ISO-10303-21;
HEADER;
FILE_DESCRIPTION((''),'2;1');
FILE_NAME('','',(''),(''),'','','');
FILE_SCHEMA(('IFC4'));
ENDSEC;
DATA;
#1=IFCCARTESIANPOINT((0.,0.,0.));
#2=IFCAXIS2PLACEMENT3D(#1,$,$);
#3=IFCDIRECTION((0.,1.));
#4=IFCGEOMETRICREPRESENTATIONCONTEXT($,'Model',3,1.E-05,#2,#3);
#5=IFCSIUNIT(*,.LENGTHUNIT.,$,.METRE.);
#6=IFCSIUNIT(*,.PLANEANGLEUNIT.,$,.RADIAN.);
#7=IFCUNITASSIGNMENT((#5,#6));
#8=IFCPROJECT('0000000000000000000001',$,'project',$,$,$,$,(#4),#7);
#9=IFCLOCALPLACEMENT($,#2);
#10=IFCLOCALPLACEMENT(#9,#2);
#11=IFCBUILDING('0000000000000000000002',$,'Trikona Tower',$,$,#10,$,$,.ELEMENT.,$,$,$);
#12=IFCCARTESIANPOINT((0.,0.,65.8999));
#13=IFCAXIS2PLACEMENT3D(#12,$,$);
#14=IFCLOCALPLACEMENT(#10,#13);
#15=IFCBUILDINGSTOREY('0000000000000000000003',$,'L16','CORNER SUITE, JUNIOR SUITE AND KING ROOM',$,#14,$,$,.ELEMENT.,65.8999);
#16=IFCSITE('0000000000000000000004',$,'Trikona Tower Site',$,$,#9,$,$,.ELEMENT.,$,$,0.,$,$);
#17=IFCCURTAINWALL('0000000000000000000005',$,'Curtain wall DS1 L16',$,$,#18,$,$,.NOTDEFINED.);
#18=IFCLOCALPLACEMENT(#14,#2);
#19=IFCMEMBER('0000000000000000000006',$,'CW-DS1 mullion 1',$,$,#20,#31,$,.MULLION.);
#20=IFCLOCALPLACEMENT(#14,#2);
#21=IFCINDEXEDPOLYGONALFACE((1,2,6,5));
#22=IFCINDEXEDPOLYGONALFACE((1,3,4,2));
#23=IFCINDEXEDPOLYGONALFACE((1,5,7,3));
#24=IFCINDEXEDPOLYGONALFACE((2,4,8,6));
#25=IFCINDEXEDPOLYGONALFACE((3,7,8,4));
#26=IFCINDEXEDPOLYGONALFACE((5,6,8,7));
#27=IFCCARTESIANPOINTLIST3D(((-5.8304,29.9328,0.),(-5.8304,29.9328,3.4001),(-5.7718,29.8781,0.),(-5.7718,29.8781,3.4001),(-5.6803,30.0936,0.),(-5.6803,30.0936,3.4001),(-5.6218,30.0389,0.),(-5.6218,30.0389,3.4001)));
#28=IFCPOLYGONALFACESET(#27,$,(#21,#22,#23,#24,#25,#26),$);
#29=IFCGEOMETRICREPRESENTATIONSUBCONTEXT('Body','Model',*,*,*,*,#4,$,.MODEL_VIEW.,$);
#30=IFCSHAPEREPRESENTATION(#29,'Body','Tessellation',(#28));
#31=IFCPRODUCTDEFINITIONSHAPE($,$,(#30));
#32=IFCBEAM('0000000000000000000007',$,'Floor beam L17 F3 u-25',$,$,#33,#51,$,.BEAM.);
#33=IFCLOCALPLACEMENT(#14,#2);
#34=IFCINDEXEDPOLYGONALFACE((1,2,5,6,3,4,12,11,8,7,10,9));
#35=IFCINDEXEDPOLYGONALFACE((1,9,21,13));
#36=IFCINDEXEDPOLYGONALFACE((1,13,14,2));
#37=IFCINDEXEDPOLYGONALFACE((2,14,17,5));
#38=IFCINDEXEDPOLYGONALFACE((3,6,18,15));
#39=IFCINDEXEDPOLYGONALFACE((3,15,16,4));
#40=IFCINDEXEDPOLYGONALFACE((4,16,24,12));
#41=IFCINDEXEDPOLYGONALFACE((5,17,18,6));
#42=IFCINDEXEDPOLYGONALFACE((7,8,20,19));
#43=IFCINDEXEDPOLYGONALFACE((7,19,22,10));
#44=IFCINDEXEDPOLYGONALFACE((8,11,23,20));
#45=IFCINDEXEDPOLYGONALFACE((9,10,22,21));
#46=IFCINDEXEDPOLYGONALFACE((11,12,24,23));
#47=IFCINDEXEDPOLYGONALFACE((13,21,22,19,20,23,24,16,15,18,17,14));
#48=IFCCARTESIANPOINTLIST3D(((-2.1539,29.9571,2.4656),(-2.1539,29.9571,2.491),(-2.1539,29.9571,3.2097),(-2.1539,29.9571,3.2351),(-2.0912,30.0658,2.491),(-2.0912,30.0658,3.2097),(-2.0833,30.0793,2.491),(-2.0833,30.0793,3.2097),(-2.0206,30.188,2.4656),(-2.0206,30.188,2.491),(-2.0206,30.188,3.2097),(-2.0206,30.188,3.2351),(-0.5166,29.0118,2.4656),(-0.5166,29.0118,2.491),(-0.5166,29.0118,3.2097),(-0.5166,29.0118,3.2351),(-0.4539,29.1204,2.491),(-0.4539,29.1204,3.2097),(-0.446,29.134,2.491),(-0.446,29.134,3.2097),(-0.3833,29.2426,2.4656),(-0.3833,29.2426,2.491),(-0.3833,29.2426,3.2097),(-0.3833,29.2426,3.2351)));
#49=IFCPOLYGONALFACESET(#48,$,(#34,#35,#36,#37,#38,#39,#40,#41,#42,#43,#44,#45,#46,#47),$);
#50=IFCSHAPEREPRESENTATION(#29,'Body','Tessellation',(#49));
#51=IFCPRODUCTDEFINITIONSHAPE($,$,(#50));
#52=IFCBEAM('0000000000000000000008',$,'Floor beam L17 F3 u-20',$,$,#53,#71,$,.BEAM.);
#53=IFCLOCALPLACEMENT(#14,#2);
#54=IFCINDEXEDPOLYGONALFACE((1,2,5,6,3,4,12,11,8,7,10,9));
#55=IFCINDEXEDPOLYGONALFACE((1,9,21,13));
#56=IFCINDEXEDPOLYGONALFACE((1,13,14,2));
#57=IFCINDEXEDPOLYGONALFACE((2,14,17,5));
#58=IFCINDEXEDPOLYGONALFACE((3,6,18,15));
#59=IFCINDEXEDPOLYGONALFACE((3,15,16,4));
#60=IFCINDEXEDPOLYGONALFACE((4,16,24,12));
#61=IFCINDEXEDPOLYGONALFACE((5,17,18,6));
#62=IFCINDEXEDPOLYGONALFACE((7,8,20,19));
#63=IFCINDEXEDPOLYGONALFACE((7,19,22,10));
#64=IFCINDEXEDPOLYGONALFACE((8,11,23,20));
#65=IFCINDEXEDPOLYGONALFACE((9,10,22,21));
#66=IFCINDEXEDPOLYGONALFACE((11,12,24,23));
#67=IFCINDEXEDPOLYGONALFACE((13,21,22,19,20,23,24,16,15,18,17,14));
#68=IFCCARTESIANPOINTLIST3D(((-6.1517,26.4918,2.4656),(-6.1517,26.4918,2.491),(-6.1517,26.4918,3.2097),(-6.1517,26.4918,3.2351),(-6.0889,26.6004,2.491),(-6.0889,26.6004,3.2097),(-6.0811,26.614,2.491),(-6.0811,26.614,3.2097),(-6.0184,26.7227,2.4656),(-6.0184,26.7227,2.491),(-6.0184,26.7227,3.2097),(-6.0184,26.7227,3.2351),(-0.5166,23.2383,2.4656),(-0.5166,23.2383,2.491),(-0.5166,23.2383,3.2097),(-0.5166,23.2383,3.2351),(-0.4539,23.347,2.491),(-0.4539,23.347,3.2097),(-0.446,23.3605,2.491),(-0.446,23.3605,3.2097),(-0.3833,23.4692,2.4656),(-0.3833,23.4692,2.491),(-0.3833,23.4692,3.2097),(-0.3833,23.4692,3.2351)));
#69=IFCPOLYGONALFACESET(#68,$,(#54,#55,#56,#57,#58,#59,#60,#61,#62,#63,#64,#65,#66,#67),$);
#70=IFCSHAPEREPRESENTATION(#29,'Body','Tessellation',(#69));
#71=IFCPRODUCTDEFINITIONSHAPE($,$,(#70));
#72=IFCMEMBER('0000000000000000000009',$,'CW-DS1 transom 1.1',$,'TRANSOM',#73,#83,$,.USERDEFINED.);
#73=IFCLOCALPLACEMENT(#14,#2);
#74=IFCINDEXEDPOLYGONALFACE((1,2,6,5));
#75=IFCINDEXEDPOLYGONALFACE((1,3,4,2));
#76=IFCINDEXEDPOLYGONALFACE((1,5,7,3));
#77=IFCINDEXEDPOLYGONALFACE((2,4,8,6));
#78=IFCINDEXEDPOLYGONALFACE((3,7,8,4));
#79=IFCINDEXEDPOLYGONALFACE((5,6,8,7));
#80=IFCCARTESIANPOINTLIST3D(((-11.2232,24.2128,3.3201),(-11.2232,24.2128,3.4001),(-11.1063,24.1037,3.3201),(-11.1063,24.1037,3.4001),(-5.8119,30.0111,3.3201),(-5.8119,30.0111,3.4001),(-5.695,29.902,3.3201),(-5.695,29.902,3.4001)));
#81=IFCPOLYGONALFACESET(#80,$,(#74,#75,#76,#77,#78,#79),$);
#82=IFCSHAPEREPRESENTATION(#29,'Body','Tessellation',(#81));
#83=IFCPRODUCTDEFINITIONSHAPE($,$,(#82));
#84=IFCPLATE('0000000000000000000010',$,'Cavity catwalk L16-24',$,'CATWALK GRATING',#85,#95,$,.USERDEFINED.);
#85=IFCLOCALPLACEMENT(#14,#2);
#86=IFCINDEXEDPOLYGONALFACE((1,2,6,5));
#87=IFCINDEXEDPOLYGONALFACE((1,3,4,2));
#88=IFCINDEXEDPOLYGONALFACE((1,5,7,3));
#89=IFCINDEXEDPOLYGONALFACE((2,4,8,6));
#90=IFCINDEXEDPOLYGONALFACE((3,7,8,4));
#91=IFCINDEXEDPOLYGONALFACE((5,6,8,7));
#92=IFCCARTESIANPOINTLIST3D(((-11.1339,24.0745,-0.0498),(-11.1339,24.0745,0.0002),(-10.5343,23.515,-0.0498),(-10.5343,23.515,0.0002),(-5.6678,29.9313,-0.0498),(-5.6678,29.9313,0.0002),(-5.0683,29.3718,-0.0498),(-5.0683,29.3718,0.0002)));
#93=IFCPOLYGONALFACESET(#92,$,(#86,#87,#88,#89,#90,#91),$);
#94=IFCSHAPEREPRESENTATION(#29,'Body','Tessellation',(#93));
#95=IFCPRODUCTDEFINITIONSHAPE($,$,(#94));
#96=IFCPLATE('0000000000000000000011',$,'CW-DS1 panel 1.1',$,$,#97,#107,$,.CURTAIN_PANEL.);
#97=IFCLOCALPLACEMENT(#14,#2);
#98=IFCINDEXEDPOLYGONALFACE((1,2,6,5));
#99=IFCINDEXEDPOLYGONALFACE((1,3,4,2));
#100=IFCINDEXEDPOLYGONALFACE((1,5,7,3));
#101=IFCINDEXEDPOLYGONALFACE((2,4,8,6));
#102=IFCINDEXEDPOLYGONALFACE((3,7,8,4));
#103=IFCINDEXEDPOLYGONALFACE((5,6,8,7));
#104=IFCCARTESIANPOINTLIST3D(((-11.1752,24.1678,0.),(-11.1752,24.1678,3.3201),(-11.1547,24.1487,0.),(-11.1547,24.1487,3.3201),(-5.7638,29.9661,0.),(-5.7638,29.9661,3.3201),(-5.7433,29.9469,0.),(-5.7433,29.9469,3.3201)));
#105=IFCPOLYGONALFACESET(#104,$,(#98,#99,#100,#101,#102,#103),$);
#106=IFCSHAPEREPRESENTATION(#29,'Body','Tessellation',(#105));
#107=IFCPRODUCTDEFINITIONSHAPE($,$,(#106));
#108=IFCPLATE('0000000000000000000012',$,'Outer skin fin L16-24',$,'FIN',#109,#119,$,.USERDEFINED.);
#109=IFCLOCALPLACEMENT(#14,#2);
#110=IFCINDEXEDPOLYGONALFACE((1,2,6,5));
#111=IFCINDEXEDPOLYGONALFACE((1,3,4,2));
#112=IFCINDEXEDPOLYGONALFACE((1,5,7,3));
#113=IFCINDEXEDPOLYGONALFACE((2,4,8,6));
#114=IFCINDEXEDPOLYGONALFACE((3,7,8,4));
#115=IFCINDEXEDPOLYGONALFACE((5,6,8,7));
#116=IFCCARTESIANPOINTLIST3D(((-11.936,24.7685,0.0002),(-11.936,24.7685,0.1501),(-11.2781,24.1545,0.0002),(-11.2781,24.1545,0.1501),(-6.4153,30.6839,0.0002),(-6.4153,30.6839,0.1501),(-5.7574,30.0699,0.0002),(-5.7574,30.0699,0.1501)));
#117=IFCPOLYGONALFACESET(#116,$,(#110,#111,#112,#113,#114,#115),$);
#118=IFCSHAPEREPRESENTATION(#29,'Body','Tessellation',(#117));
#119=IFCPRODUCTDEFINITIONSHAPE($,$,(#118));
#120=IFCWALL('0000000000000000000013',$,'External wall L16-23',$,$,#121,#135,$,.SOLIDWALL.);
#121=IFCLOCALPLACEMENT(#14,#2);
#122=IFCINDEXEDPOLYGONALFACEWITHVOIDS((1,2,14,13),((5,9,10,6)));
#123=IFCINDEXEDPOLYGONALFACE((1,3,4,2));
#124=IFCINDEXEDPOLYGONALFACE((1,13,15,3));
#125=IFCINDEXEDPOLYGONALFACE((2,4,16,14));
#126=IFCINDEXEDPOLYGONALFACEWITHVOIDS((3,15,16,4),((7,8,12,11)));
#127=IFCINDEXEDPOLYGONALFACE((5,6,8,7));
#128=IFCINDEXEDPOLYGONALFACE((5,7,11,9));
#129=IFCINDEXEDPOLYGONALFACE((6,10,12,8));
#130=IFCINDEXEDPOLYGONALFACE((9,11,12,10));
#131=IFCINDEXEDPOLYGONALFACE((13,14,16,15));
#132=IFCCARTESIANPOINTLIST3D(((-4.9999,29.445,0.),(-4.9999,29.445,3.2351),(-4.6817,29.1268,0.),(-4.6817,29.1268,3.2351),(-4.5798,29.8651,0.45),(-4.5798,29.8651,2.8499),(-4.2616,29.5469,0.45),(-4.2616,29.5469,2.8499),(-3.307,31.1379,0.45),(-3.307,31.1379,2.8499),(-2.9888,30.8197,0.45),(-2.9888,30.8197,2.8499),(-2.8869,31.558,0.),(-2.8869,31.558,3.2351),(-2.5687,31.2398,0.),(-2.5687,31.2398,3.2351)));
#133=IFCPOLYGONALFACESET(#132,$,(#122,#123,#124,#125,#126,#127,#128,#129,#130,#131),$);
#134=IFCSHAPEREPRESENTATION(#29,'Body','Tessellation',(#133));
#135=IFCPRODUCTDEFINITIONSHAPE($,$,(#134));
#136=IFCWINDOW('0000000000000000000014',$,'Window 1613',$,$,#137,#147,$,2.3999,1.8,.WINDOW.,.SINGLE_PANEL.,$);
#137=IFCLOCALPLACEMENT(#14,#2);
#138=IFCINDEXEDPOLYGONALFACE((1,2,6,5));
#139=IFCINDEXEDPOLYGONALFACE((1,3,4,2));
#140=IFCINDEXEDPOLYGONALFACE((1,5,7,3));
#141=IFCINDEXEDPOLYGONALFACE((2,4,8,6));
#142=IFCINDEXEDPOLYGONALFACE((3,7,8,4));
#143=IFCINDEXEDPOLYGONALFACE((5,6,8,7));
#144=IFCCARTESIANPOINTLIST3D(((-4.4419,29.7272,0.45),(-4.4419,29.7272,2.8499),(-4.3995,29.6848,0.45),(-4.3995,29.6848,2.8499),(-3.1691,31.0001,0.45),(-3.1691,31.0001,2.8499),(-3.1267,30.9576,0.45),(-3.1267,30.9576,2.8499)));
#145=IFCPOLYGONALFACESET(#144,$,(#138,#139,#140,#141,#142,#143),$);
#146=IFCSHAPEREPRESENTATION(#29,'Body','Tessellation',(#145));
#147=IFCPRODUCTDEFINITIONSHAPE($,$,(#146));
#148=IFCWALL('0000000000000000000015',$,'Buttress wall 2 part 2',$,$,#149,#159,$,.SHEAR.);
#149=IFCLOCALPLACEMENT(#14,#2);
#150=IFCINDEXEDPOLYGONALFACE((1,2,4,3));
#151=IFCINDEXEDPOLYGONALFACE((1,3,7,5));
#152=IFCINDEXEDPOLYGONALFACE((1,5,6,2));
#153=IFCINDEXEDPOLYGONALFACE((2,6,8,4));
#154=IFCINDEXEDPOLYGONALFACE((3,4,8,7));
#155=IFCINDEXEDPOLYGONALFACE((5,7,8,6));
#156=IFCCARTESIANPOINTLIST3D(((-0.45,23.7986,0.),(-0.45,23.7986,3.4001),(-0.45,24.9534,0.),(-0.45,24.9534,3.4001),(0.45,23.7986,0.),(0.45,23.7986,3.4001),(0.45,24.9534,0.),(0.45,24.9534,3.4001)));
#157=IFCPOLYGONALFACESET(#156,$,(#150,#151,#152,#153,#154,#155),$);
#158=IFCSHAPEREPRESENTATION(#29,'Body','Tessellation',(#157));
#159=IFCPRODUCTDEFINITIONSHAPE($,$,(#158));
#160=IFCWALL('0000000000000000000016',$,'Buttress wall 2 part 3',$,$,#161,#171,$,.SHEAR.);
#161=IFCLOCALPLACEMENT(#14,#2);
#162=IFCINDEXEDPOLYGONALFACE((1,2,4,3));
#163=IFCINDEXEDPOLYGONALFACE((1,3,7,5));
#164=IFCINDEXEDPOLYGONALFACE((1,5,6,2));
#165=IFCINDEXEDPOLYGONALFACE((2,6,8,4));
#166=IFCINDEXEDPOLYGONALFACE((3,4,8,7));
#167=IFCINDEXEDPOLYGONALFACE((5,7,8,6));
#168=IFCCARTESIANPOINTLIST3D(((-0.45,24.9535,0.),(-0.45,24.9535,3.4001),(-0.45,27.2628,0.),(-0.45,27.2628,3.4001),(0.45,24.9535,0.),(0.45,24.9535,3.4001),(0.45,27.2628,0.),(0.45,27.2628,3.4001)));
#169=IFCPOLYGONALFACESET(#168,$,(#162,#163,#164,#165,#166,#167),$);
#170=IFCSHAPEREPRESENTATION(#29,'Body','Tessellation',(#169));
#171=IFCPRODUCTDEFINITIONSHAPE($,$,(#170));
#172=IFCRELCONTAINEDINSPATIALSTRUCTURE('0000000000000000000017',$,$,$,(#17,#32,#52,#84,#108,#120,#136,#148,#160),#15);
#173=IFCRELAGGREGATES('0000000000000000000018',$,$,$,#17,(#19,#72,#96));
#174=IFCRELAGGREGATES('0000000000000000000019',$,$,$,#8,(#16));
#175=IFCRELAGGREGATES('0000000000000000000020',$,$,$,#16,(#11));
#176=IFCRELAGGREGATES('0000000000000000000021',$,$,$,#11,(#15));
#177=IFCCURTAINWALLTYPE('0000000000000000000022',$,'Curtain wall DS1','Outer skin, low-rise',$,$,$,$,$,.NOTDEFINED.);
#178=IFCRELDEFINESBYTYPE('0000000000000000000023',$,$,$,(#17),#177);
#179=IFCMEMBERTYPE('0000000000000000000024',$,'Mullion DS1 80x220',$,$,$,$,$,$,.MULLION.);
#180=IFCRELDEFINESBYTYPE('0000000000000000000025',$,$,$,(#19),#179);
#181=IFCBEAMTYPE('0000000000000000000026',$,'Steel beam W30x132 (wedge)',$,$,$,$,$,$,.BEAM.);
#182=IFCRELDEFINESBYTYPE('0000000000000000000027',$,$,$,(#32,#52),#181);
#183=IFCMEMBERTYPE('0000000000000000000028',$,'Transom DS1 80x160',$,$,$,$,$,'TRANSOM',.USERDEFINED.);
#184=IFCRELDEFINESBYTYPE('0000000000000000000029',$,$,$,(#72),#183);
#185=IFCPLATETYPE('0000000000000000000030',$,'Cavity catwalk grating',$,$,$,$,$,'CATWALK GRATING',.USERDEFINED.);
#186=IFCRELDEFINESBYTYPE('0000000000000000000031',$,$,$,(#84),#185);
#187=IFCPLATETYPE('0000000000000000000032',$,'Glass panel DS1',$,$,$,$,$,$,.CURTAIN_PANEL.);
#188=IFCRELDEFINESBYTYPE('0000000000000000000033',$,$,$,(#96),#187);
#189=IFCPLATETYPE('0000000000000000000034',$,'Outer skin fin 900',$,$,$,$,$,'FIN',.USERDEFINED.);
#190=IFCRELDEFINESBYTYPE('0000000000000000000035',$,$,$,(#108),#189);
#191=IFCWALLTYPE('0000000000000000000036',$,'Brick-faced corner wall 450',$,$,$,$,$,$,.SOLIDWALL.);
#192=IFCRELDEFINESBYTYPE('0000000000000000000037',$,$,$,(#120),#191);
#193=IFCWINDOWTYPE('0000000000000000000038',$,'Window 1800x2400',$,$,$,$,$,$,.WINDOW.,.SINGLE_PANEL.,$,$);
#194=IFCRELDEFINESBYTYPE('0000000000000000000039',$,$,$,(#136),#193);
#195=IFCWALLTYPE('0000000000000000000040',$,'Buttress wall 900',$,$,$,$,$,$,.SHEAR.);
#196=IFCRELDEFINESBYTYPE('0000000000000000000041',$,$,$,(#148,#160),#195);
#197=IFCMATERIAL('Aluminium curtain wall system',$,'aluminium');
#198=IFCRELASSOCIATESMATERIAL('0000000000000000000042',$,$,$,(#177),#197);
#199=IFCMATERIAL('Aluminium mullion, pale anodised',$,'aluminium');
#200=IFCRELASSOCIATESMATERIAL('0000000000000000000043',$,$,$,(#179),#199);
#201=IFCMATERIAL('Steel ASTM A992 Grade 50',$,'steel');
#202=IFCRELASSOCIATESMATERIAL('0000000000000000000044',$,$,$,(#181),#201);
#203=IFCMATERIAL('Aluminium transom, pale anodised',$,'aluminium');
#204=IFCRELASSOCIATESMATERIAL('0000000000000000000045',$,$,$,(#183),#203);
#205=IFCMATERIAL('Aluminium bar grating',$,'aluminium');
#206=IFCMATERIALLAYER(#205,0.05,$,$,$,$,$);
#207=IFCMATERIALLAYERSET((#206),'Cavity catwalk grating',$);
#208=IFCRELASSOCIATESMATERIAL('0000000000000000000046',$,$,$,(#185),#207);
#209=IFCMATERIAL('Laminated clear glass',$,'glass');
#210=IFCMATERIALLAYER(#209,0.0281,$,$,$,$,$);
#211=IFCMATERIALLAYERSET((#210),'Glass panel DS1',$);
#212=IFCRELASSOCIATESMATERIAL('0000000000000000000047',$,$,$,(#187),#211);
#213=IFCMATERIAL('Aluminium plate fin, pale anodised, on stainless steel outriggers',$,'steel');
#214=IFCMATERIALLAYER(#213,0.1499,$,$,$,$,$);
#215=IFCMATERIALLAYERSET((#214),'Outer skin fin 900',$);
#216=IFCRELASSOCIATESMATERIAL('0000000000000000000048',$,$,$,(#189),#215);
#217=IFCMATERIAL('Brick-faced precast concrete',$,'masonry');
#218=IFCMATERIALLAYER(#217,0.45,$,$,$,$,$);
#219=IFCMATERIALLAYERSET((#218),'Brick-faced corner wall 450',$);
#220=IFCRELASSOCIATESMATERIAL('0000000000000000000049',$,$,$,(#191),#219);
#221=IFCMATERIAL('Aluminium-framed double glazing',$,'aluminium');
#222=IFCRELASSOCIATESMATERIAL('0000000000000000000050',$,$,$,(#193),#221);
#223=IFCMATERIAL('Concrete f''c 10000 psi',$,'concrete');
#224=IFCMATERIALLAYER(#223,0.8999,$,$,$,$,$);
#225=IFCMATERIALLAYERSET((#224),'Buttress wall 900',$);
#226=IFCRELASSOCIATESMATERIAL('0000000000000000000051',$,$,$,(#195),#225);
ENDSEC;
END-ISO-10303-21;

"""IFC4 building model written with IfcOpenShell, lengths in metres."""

from ifc_helpers import new_model, si_unit, direction, frame, frame_2d, origin, origin_2d, place, context, subcontext, project, spatial, rectangle, i_section, extrude, material, layer, layer_set, material_profile, profile_set, type_object, element, fill, aggregate, save


model = new_model("IFC4")

# Units and contexts
model_context = context("Model", 3, precision=1e-05, world=origin(), true_north=direction((0.0, 1.0)))
body_context = subcontext(model_context, "Body", "Model", "MODEL_VIEW")
ifc_project = project(units=[si_unit("LENGTHUNIT", "METRE"), si_unit("PLANEANGLEUNIT", "RADIAN")], contexts=[model_context])

# Site, building, storey
site_placement = place(None, origin())
site = spatial("IfcSite", under=ifc_project, at=site_placement, Name="Trikona Tower Site", CompositionType="ELEMENT", RefElevation=0.0)
building_placement = place(site_placement, origin())
building = spatial("IfcBuilding", under=site, at=building_placement, Name="Trikona Tower", CompositionType="ELEMENT")
storey_placement = place(building_placement, frame((0.0, 0.0, 65.8999)))
storey = spatial("IfcBuildingStorey", under=building, at=storey_placement, Name="L16", Description="CORNER SUITE, JUNIOR SUITE AND KING ROOM", CompositionType="ELEMENT", Elevation=65.8999)

# Curtain wall, member
ifc_material_1 = material(Name="Aluminium curtain wall system", Category="aluminium")
curtain_wall_type = type_object("IfcCurtainWallType", Name="Curtain wall DS1", Description="Outer skin, low-rise", PredefinedType="NOTDEFINED", material=ifc_material_1)
curtain_wall_placement = place(storey_placement, origin())
curtain_wall = element("IfcCurtainWall", 1, at=curtain_wall_placement, inside=storey, type_object=curtain_wall_type, Name="Curtain wall DS1 L16", PredefinedType="NOTDEFINED")
ifc_material_2 = material(Name="Aluminium mullion, pale anodised", Category="aluminium")
ifc_material_profile_1 = material_profile(ifc_material_2, rectangle(XDim=0.0801, YDim=0.22, at=origin_2d()), Name="MUL-DS1")
ifc_profile_set_1 = profile_set([ifc_material_profile_1], Name="Aluminium mullion, pale anodised")
member_type_1 = type_object("IfcMemberType", Name="Mullion DS1 80x220", PredefinedType="MULLION", material=ifc_profile_set_1)
member_1_placement = place(storey_placement, frame((-5.7261, 29.9858, 0.0), z_axis=(0.0, 0.0, 1.0), x_axis=(0.731077, -0.682295, 0.0)))
member_1 = element("IfcMember", 2, at=member_1_placement, type_object=member_type_1, Name="CW-DS1 mullion 1", PredefinedType="MULLION", context=body_context, shape_type="SweptSolid", body=[
    extrude(rectangle(XDim=0.0801, YDim=0.22, at=origin_2d()), origin(), (0.0, 0.0, 1.0), 3.4001),
])

# Beams
ifc_material_3 = material(Name="Steel ASTM A992 Grade 50", Category="steel")
ifc_material_profile_2 = material_profile(ifc_material_3, i_section(OverallWidth=0.2666, OverallDepth=0.7695, WebThickness=0.0156, FlangeThickness=0.0254, at=origin_2d()), Name="W30X132")
ifc_profile_set_2 = profile_set([ifc_material_profile_2], Name="Steel ASTM A992 Grade 50")
beam_type = type_object("IfcBeamType", Name="Steel beam W30x132 (wedge)", PredefinedType="BEAM", material=ifc_profile_set_2)
beam_1_placement = place(storey_placement, frame((-0.45, 29.1272, 2.8503), z_axis=(-0.866009, 0.500028, 0.0), x_axis=(-0.500028, -0.866009, 0.0)))
element("IfcBeam", 3, at=beam_1_placement, inside=storey, type_object=beam_type, Name="Floor beam L17 F3 u-25", PredefinedType="BEAM", context=body_context, shape_type="SweptSolid", body=[
    extrude(i_section(OverallWidth=0.2666, OverallDepth=0.7695, WebThickness=0.0156, FlangeThickness=0.0254, at=origin_2d()), origin(), (0.0, 0.0, 1.0), 1.8906),
])
beam_2_placement = place(storey_placement, frame((-0.45, 23.3538, 2.8503), z_axis=(-0.866023, 0.500005, 0.0), x_axis=(-0.500005, -0.866023, 0.0)))
element("IfcBeam", 4, at=beam_2_placement, inside=storey, type_object=beam_type, Name="Floor beam L17 F3 u-20", PredefinedType="BEAM", context=body_context, shape_type="SweptSolid", body=[
    extrude(i_section(OverallWidth=0.2666, OverallDepth=0.7695, WebThickness=0.0156, FlangeThickness=0.0254, at=origin_2d()), origin(), (0.0, 0.0, 1.0), 6.5068),
])

# Member
ifc_material_4 = material(Name="Aluminium transom, pale anodised", Category="aluminium")
ifc_material_profile_3 = material_profile(ifc_material_4, rectangle(XDim=0.1599, YDim=0.0801, at=origin_2d()), Name="TRN-DS1")
ifc_profile_set_3 = profile_set([ifc_material_profile_3], Name="Aluminium transom, pale anodised")
member_type_2 = type_object("IfcMemberType", Name="Transom DS1 80x160", ElementType="TRANSOM", PredefinedType="USERDEFINED", material=ifc_profile_set_3)
member_2_placement = place(storey_placement, frame((-5.7534, 29.9565, 3.3601), z_axis=(-0.682291, -0.731081, 0.0), x_axis=(0.731081, -0.682291, 0.0)))
member_2 = element("IfcMember", 5, at=member_2_placement, type_object=member_type_2, Name="CW-DS1 transom 1.1", ObjectType="TRANSOM", PredefinedType="USERDEFINED", context=body_context, shape_type="SweptSolid", body=[
    extrude(rectangle(XDim=0.1599, YDim=0.0801, at=origin_2d()), origin(), (0.0, 0.0, 1.0), 7.9312),
])

# Plates
ifc_material_5 = material(Name="Aluminium bar grating", Category="aluminium")
ifc_layer_1 = layer(ifc_material_5, 0.05)
ifc_layer_set_1 = layer_set([ifc_layer_1], Name="Cavity catwalk grating")
plate_type_1 = type_object("IfcPlateType", Name="Cavity catwalk grating", ElementType="CATWALK GRATING", PredefinedType="USERDEFINED", material=ifc_layer_set_1)
plate_1_placement = place(storey_placement, frame((-8.1011, 26.7231, -0.0498), z_axis=(0.0, 0.0, 1.0), x_axis=(-0.682298, -0.731074, 0.0)))
element("IfcPlate", 6, at=plate_1_placement, inside=storey, type_object=plate_type_1, Name="Cavity catwalk L16-24", ObjectType="CATWALK GRATING", PredefinedType="USERDEFINED", context=body_context, shape_type="SweptSolid", body=[
    extrude(rectangle(XDim=8.0112, YDim=0.8201, at=origin_2d()), origin(), (0.0, 0.0, 1.0), 0.05),
])
ifc_material_6 = material(Name="Laminated clear glass", Category="glass")
ifc_layer_2 = layer(ifc_material_6, 0.0281)
ifc_layer_set_2 = layer_set([ifc_layer_2], Name="Glass panel DS1")
plate_type_2 = type_object("IfcPlateType", Name="Glass panel DS1", PredefinedType="CURTAIN_PANEL", material=ifc_layer_set_2)
plate_2_placement = place(storey_placement, frame((-8.4592, 27.0574, 0.0), z_axis=(0.0, 0.0, 1.0), x_axis=(-0.682295, -0.731077, 0.0)))
plate_2 = element("IfcPlate", 7, at=plate_2_placement, type_object=plate_type_2, Name="CW-DS1 panel 1.1", PredefinedType="CURTAIN_PANEL", context=body_context, shape_type="SweptSolid", body=[
    extrude(rectangle(XDim=7.9312, YDim=0.0281, at=origin_2d()), origin(), (0.0, 0.0, 1.0), 3.3201),
])
aggregate(curtain_wall, [member_1, member_2, plate_2])
ifc_material_7 = material(Name="Aluminium plate fin, pale anodised, on stainless steel outriggers", Category="steel")
ifc_layer_3 = layer(ifc_material_7, 0.1499)
ifc_layer_set_3 = layer_set([ifc_layer_3], Name="Outer skin fin 900")
plate_type_3 = type_object("IfcPlateType", Name="Outer skin fin 900", ElementType="FIN", PredefinedType="USERDEFINED", material=ifc_layer_set_3)
plate_3_placement = place(storey_placement, frame((-8.8467, 27.4192, 0.0002), z_axis=(0.0, 0.0, 1.0), x_axis=(-0.682298, -0.731074, 0.0)))
element("IfcPlate", 8, at=plate_3_placement, inside=storey, type_object=plate_type_3, Name="Outer skin fin L16-24", ObjectType="FIN", PredefinedType="USERDEFINED", context=body_context, shape_type="SweptSolid", body=[
    extrude(rectangle(XDim=8.0913, YDim=0.8999, at=origin_2d()), origin(), (0.0, 0.0, 1.0), 0.1499),
])

# Wall, opening, window
ifc_material_8 = material(Name="Brick-faced precast concrete", Category="masonry")
ifc_layer_4 = layer(ifc_material_8, 0.45)
ifc_layer_set_4 = layer_set([ifc_layer_4], Name="Brick-faced corner wall 450")
wall_type_1 = type_object("IfcWallType", Name="Brick-faced corner wall 450", PredefinedType="SOLIDWALL", material=ifc_layer_set_4)
wall_1_placement = place(storey_placement, frame((-2.7278, 31.3989, 0.0), z_axis=(0.0, 0.0, 1.0), x_axis=(-0.707107, -0.707107, 0.0)))
wall_1 = element("IfcWall", 9, at=wall_1_placement, inside=storey, type_object=wall_type_1, Name="External wall L16-23", PredefinedType="SOLIDWALL", context=body_context, shape_type="SweptSolid", body=[
    extrude(rectangle(XDim=2.9883, YDim=0.45, at=frame_2d((1.4941, 0.0))), origin(), (0.0, 0.0, 1.0), 3.2351),
])
opening_1_placement = place(wall_1_placement, frame((0.5942, 0.0, 0.45)))
opening_1 = element("IfcOpeningElement", 10, at=opening_1_placement, cuts=wall_1, PredefinedType="OPENING", context=body_context, shape_type="SweptSolid", body=[
    extrude(rectangle(XDim=1.8, YDim=2.3999, at=frame_2d((0.8999, 1.2))), frame((0.0, 0.2349, 0.0), z_axis=(0.0, -1.0, 0.0), x_axis=(1.0, 0.0, 0.0)), (0.0, 0.0, 1.0), 0.47),
])
ifc_material_9 = material(Name="Aluminium-framed double glazing", Category="aluminium")
window_type_1 = type_object("IfcWindowType", Name="Window 1800x2400", PartitioningType="SINGLE_PANEL", PredefinedType="WINDOW", material=ifc_material_9)
window_1_placement = place(opening_1_placement, origin())
window_1 = element("IfcWindow", 11, at=window_1_placement, inside=storey, type_object=window_type_1, Name="Window 1613", OverallHeight=2.3999, OverallWidth=1.8, PartitioningType="SINGLE_PANEL", PredefinedType="WINDOW", context=body_context, shape_type="SweptSolid", body=[
    extrude(rectangle(XDim=1.8, YDim=2.3999, at=frame_2d((0.8999, 1.2))), frame((0.0, 0.03, 0.0), z_axis=(0.0, -1.0, 0.0), x_axis=(1.0, 0.0, 0.0)), (0.0, 0.0, 1.0), 0.0601),
])
fill(opening_1, window_1)

# Walls
ifc_material_10 = material(Name="Concrete f'c 10000 psi", Category="concrete")
ifc_layer_5 = layer(ifc_material_10, 0.8999)
ifc_layer_set_5 = layer_set([ifc_layer_5], Name="Buttress wall 900")
wall_type_2 = type_object("IfcWallType", Name="Buttress wall 900", PredefinedType="SHEAR", material=ifc_layer_set_5)
wall_2_placement = place(storey_placement, frame((0.0, 23.7986, 0.0), z_axis=(0.0, 0.0, 1.0), x_axis=(0.0, 1.0, 0.0)))
element("IfcWall", 12, at=wall_2_placement, inside=storey, type_object=wall_type_2, Name="Buttress wall 2 part 2", PredefinedType="SHEAR", context=body_context, shape_type="SweptSolid", body=[
    extrude(rectangle(XDim=1.1548, YDim=0.8999, at=frame_2d((0.5774, 0.0))), origin(), (0.0, 0.0, 1.0), 3.4001),
])
wall_3_placement = place(storey_placement, frame((0.0, 24.9534, 0.0), z_axis=(0.0, 0.0, 1.0), x_axis=(0.0, 1.0, 0.0)))
element("IfcWall", 13, at=wall_3_placement, inside=storey, type_object=wall_type_2, Name="Buttress wall 2 part 3", PredefinedType="SHEAR", context=body_context, shape_type="SweptSolid", body=[
    extrude(rectangle(XDim=2.3093, YDim=0.8999, at=frame_2d((1.1548, 0.0))), origin(), (0.0, 0.0, 1.0), 3.4001),
])

save(model, "model.ifc")
